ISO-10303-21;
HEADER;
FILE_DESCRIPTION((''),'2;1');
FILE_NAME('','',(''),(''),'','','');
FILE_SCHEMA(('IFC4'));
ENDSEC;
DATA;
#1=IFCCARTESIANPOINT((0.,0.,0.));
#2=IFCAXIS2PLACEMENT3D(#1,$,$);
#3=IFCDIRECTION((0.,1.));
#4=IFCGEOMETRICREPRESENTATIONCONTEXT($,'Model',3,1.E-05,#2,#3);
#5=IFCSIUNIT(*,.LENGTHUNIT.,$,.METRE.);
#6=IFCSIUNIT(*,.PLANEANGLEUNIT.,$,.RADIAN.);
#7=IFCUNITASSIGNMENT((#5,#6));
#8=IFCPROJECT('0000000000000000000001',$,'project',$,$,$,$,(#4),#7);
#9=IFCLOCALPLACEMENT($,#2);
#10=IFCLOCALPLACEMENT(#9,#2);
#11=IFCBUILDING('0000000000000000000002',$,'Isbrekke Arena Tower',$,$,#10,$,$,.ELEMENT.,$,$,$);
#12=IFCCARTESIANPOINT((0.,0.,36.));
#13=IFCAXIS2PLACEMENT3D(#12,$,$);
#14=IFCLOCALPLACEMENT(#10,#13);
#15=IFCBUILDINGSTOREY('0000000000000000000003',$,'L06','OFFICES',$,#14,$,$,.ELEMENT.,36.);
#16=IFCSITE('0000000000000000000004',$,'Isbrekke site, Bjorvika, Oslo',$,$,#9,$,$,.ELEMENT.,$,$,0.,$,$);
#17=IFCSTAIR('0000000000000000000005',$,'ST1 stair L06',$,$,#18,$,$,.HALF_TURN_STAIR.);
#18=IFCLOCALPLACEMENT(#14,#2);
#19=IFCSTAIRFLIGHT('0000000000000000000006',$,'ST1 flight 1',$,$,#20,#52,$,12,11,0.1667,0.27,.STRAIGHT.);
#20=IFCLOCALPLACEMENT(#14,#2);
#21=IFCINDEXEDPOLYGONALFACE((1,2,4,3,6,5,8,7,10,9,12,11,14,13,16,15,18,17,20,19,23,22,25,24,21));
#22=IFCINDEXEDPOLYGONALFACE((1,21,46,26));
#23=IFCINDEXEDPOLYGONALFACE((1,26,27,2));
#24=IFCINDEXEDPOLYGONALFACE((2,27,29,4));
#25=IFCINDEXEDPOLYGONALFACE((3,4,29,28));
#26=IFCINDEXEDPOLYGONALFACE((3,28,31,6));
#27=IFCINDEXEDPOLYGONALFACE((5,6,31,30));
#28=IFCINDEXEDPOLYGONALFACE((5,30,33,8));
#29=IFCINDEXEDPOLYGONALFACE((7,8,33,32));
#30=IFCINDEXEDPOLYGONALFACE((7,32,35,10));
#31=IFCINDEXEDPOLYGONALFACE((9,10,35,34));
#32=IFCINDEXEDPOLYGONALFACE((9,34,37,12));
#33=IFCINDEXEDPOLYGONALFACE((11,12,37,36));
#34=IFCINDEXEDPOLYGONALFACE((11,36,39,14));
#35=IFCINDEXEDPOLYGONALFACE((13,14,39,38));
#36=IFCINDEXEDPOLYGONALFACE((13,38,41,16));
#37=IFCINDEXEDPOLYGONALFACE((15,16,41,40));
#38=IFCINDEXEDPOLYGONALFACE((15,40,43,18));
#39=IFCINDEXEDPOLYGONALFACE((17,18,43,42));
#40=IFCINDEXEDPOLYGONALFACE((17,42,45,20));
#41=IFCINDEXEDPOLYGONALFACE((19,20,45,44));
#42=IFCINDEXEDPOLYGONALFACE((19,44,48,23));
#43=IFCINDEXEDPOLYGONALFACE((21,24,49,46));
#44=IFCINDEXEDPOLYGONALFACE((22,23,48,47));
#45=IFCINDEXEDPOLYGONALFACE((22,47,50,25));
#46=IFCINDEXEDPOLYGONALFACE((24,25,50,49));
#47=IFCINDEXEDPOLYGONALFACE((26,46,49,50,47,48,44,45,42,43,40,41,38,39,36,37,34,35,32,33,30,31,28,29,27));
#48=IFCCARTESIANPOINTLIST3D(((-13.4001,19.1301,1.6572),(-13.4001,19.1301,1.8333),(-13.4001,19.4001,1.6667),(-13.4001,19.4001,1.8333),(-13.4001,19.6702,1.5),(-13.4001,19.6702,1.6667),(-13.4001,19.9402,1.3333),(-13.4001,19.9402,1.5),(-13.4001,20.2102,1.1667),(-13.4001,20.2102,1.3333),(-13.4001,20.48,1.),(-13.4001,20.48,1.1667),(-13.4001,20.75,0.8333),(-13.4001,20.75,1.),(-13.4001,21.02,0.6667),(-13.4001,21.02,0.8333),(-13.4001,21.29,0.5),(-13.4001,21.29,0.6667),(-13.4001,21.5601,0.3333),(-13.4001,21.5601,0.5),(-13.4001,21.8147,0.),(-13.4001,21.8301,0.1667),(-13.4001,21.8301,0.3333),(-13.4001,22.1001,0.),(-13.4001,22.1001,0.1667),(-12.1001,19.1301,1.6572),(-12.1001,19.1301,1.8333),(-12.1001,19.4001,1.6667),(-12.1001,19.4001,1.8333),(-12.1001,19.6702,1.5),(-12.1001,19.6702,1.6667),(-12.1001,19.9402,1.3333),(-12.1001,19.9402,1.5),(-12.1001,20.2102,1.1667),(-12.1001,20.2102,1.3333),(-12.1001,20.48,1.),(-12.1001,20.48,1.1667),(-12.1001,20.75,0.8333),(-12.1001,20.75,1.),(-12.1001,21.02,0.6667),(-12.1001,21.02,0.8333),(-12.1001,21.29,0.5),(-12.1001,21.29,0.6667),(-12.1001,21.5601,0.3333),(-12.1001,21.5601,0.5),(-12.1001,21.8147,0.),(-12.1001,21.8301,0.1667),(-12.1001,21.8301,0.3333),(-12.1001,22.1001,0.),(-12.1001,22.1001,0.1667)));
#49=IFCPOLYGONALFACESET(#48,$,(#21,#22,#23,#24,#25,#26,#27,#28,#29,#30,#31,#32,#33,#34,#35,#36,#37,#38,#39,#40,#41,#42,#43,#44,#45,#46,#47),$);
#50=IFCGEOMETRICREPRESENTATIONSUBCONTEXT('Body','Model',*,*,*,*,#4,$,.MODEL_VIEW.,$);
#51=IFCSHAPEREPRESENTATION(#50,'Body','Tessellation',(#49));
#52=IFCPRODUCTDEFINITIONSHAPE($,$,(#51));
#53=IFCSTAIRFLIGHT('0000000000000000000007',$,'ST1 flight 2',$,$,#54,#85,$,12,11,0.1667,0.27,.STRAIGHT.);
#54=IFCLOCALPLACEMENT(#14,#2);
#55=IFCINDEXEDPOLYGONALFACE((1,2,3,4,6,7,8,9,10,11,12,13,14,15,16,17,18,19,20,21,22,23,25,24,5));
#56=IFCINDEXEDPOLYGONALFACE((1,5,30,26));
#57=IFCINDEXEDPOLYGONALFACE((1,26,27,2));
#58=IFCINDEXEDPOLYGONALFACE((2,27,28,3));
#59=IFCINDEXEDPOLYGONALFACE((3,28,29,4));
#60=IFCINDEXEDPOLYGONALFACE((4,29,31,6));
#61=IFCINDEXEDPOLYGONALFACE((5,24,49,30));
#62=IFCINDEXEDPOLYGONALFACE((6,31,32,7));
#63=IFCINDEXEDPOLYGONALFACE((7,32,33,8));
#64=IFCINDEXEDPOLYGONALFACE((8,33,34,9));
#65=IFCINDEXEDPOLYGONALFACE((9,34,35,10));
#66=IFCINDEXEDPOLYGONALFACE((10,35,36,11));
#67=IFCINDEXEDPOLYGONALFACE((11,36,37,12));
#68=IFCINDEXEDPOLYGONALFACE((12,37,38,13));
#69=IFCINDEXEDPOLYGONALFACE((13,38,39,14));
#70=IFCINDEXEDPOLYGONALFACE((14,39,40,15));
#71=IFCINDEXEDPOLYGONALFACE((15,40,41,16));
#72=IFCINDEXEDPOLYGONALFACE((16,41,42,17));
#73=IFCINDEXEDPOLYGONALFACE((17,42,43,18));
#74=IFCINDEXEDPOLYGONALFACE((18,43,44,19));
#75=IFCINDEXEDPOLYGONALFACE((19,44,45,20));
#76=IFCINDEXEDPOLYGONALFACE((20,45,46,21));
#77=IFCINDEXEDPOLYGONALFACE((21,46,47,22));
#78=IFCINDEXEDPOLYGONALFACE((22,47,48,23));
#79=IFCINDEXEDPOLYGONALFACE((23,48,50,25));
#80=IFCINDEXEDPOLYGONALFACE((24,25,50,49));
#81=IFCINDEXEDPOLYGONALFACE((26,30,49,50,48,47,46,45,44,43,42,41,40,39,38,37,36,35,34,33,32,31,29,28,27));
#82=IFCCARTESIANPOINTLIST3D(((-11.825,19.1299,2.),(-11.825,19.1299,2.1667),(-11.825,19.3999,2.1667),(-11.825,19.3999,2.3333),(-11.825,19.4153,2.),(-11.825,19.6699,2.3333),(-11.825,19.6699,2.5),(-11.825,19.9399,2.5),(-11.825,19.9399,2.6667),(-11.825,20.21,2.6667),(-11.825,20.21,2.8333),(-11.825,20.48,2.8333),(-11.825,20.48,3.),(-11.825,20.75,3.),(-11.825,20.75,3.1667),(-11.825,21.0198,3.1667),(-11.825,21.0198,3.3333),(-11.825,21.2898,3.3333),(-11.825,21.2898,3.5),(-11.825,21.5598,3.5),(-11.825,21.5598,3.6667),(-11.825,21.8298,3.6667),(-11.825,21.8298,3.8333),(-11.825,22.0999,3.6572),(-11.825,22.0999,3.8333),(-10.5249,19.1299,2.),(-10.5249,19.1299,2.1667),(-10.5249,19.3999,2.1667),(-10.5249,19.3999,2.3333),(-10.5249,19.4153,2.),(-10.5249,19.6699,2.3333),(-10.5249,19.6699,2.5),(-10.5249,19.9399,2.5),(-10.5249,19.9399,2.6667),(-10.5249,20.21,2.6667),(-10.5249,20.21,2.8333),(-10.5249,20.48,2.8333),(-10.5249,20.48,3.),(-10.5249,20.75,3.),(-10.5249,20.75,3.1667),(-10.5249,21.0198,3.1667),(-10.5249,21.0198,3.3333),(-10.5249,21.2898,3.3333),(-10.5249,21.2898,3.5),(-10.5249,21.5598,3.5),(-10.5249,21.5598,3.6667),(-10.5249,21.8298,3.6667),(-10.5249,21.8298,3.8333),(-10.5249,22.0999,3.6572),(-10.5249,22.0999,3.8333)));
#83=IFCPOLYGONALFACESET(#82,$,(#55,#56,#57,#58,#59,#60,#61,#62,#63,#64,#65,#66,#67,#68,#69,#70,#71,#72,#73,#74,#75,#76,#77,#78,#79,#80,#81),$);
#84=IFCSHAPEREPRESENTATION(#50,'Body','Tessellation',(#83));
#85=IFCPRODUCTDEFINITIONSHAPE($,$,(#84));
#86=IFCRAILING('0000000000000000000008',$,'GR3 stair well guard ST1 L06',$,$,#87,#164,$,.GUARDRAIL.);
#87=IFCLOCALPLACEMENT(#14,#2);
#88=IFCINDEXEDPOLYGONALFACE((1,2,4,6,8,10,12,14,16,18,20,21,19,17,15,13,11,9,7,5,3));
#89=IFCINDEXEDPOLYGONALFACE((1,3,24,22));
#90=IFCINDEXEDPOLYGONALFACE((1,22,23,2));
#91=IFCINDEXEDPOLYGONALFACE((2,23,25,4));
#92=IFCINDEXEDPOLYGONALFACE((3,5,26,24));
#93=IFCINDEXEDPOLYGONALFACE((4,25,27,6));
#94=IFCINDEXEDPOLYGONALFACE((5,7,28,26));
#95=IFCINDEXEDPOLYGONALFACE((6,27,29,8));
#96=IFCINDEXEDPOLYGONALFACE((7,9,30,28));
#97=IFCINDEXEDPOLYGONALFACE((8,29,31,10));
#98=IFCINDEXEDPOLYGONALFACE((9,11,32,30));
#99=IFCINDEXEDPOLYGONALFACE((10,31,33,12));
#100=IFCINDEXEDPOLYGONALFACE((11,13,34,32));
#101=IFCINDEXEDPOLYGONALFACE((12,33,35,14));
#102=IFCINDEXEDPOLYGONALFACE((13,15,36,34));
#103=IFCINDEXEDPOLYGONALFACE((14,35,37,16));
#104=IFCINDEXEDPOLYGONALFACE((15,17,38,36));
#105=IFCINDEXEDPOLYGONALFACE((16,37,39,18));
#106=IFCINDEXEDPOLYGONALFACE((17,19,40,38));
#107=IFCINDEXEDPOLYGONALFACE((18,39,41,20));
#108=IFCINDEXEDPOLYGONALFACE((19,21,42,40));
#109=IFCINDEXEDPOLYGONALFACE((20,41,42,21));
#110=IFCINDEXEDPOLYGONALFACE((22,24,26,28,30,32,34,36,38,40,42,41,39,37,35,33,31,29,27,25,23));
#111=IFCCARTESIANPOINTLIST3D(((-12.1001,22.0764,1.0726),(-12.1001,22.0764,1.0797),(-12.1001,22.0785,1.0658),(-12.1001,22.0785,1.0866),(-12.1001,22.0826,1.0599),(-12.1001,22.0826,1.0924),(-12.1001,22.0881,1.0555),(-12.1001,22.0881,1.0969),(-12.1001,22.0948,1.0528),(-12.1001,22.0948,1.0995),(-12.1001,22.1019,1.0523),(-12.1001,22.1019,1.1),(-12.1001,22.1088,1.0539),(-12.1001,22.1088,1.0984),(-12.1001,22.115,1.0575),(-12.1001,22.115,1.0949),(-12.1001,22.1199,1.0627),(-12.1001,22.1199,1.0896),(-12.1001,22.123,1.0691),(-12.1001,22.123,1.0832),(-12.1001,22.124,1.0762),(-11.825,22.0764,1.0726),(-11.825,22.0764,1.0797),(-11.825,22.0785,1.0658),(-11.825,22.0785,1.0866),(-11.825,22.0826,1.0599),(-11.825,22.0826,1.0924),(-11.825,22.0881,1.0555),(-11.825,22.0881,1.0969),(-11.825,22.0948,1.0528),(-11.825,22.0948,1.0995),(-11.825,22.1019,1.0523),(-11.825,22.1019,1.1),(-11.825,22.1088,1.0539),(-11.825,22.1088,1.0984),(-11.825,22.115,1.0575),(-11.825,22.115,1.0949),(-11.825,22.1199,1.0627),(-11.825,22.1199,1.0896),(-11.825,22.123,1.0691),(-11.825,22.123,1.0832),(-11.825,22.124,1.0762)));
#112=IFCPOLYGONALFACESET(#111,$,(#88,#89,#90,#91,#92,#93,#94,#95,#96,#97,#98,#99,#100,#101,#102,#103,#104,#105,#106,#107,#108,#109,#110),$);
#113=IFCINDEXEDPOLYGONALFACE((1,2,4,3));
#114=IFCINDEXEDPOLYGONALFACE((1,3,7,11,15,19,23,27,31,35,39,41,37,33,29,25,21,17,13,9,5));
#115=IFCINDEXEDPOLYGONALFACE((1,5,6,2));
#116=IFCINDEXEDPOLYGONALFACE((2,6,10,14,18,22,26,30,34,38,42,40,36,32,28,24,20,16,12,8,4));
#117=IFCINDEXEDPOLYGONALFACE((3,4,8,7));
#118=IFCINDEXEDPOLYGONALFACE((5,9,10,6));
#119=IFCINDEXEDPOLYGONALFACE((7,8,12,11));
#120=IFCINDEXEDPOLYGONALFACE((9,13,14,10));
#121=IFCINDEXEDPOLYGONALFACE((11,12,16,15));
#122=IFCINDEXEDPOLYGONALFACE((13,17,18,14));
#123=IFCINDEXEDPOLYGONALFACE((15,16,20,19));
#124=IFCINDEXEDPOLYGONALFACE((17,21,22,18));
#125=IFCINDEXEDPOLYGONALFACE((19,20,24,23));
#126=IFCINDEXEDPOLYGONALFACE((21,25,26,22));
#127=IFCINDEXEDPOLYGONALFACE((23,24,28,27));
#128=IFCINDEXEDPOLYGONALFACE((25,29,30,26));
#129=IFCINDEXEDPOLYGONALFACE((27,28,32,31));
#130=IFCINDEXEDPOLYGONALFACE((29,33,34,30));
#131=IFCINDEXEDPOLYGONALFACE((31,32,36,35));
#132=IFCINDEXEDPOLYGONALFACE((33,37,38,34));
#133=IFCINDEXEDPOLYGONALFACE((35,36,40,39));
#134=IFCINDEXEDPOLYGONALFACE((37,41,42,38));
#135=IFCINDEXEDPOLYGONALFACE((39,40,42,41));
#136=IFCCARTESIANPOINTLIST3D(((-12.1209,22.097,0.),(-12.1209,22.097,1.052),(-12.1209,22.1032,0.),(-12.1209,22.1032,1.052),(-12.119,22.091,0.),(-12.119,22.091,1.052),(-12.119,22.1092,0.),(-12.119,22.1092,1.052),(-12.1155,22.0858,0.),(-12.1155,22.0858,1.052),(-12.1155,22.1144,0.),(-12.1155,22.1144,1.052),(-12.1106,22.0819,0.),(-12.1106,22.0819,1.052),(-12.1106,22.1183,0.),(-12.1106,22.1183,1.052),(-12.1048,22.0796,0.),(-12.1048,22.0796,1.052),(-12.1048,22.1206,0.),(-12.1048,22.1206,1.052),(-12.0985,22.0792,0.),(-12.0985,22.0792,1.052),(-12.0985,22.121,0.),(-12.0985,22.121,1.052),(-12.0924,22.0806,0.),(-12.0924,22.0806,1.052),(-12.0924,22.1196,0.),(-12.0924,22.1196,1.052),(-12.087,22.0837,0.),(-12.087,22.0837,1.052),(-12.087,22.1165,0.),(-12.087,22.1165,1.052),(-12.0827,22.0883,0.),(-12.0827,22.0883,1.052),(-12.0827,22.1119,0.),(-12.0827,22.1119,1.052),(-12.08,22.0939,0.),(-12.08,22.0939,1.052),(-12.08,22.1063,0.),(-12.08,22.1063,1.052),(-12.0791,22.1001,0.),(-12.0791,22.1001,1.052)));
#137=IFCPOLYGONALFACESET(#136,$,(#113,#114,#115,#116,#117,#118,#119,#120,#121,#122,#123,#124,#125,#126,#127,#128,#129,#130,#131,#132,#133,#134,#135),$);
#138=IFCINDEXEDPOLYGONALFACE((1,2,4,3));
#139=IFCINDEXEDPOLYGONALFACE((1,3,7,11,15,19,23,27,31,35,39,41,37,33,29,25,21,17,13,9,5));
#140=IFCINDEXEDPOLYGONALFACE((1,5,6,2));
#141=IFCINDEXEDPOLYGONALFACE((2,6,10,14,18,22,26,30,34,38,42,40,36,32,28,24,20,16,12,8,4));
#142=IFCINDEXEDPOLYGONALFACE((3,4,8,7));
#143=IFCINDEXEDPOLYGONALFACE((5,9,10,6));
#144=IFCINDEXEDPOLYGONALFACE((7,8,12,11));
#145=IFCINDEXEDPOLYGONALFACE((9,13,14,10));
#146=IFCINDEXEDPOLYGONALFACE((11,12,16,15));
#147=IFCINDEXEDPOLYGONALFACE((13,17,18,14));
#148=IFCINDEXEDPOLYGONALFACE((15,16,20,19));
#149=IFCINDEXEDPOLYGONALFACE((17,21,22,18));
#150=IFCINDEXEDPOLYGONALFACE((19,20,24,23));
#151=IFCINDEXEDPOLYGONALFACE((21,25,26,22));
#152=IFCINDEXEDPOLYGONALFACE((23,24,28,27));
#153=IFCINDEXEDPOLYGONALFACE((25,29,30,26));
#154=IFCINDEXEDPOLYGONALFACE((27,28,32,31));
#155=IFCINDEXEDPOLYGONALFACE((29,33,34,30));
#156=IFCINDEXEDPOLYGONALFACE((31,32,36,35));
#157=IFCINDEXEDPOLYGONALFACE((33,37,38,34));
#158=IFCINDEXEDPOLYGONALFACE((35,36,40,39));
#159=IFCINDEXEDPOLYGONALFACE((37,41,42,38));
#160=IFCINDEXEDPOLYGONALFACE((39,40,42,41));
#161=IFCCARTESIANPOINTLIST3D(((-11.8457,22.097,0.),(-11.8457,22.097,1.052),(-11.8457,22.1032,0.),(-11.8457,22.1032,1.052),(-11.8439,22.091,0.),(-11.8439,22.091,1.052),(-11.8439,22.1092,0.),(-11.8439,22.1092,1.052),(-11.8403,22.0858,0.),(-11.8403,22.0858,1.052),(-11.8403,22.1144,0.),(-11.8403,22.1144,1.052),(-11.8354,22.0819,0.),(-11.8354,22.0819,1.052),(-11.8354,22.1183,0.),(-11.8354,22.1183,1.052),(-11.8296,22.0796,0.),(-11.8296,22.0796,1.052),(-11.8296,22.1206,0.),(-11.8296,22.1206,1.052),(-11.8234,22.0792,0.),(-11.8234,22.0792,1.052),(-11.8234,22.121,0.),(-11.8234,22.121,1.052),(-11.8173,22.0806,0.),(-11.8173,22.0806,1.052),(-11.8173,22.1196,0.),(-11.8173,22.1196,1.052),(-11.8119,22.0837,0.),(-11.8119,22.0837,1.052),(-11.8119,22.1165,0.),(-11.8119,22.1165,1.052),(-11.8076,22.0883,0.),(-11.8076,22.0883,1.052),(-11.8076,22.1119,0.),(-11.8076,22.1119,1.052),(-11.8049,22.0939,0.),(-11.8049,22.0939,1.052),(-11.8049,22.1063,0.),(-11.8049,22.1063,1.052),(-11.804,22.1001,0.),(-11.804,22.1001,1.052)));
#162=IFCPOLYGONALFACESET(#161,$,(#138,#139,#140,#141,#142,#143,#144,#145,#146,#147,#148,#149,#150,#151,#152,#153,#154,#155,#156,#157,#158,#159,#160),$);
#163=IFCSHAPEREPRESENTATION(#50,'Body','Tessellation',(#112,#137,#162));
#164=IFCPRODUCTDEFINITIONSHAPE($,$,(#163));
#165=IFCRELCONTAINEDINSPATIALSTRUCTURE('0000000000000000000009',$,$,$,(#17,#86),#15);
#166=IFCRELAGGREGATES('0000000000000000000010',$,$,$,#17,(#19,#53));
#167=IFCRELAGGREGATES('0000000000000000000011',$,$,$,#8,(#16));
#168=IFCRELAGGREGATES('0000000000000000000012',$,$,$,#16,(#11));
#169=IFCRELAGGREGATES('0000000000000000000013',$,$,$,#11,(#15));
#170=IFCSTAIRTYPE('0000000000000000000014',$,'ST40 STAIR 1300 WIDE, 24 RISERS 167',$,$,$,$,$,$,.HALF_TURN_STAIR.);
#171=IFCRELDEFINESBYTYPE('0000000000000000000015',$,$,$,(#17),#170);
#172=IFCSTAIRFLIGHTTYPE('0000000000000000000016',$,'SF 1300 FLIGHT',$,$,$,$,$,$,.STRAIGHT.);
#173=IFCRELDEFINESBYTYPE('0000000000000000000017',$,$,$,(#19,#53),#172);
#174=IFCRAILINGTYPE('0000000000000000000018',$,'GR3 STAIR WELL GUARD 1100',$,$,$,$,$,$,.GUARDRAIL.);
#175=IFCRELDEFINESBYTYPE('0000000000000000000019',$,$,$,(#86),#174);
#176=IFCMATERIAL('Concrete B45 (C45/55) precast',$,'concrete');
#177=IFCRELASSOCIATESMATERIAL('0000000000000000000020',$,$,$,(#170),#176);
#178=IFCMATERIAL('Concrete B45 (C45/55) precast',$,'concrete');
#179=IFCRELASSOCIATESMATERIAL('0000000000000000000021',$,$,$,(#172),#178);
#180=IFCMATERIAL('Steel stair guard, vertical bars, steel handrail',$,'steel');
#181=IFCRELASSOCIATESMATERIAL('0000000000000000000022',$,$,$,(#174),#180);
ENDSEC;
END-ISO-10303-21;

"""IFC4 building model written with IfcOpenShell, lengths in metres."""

from ifc_helpers import new_model, si_unit, direction, frame, origin, origin_2d, place, context, subcontext, project, spatial, polyline, circle, outline, extrude, material, type_object, element, aggregate, save


model = new_model("IFC4")

# Units and contexts
model_context = context("Model", 3, precision=1e-05, world=origin(), true_north=direction((0.0, 1.0)))
body_context = subcontext(model_context, "Body", "Model", "MODEL_VIEW")
ifc_project = project(units=[si_unit("LENGTHUNIT", "METRE"), si_unit("PLANEANGLEUNIT", "RADIAN")], contexts=[model_context])

# Site, building, storey
site_placement = place(None, origin())
site = spatial("IfcSite", under=ifc_project, at=site_placement, Name="Isbrekke site, Bjorvika, Oslo", CompositionType="ELEMENT", RefElevation=0.0)
building_placement = place(site_placement, origin())
building = spatial("IfcBuilding", under=site, at=building_placement, Name="Isbrekke Arena Tower", CompositionType="ELEMENT")
storey_placement = place(building_placement, frame((0.0, 0.0, 36.0)))
storey = spatial("IfcBuildingStorey", under=building, at=storey_placement, Name="L06", Description="OFFICES", CompositionType="ELEMENT", Elevation=36.0)

# Stair, stair flights
ifc_material_1 = material(Name="Concrete B45 (C45/55) precast", Category="concrete")
stair_type = type_object("IfcStairType", Name="ST40 STAIR 1300 WIDE, 24 RISERS 167", PredefinedType="HALF_TURN_STAIR", material=ifc_material_1)
stair_placement = place(storey_placement, origin())
stair = element("IfcStair", 1, at=stair_placement, inside=storey, type_object=stair_type, Name="ST1 stair L06", PredefinedType="HALF_TURN_STAIR")
ifc_material_2 = material(Name="Concrete B45 (C45/55) precast", Category="concrete")
stair_flight_type = type_object("IfcStairFlightType", Name="SF 1300 FLIGHT", PredefinedType="STRAIGHT", material=ifc_material_2)
stair_flight_1_placement = place(storey_placement, frame((-12.75, 22.1001, 0.0), z_axis=(0.0, 0.0, 1.0), x_axis=(0.0, -1.0, 0.0)))
stair_flight_1 = element("IfcStairFlight", 2, at=stair_flight_1_placement, type_object=stair_flight_type, Name="ST1 flight 1", NumberOfRisers=12, NumberOfTreads=11, PredefinedType="STRAIGHT", RiserHeight=0.1667, TreadLength=0.27, context=body_context, shape_type="SweptSolid", body=[
    extrude(outline(polyline([(0.0, 0.0), (0.0, 0.1667), (0.27, 0.1667), (0.27, 0.3333), (0.54, 0.3333), (0.54, 0.5), (0.8101, 0.5), (0.8101, 0.6667), (1.0801, 0.6667), (1.0801, 0.8333), (1.3501, 0.8333), (1.3501, 1.0), (1.6201, 1.0), (1.6201, 1.1667), (1.8899, 1.1667), (1.8899, 1.3333), (2.1599, 1.3333), (2.1599, 1.5), (2.4299, 1.5), (2.4299, 1.6667), (2.7, 1.6667), (2.7, 1.8333), (2.97, 1.8333), (2.97, 2.0), (2.97, 1.6572), (0.2854, 0.0), (0.0, 0.0)])), frame((0.0, 0.6499, 0.0), z_axis=(0.0, -1.0, 0.0), x_axis=(1.0, 0.0, 0.0)), (0.0, 0.0, 1.0), 1.3),
])
stair_flight_2_placement = place(storey_placement, frame((-11.175, 19.1299, 2.0), z_axis=(0.0, 0.0, 1.0), x_axis=(0.0, 1.0, 0.0)))
stair_flight_2 = element("IfcStairFlight", 3, at=stair_flight_2_placement, type_object=stair_flight_type, Name="ST1 flight 2", NumberOfRisers=12, NumberOfTreads=11, PredefinedType="STRAIGHT", RiserHeight=0.1667, TreadLength=0.27, context=body_context, shape_type="SweptSolid", body=[
    extrude(outline(polyline([(0.0, 0.0), (0.0, 0.1667), (0.27, 0.1667), (0.27, 0.3333), (0.54, 0.3333), (0.54, 0.5), (0.8101, 0.5), (0.8101, 0.6667), (1.0801, 0.6667), (1.0801, 0.8333), (1.3501, 0.8333), (1.3501, 1.0), (1.6201, 1.0), (1.6201, 1.1667), (1.8899, 1.1667), (1.8899, 1.3333), (2.1599, 1.3333), (2.1599, 1.5), (2.4299, 1.5), (2.4299, 1.6667), (2.7, 1.6667), (2.7, 1.8333), (2.97, 1.8333), (2.97, 2.0), (2.97, 1.6572), (0.2854, 0.0), (0.0, 0.0)])), frame((0.0, 0.6499, 0.0), z_axis=(0.0, -1.0, 0.0), x_axis=(1.0, 0.0, 0.0)), (0.0, 0.0, 1.0), 1.3),
])
aggregate(stair, [stair_flight_1, stair_flight_2])

# Railing
ifc_material_3 = material(Name="Steel stair guard, vertical bars, steel handrail", Category="steel")
railing_type = type_object("IfcRailingType", Name="GR3 STAIR WELL GUARD 1100", PredefinedType="GUARDRAIL", material=ifc_material_3)
for number, where, name in (
    (4, (-12.1001, 22.1001, 0.0), "GR3 stair well guard ST1 L06"),
):
    element("IfcRailing", number, at=place(storey_placement, frame(where)), inside=storey, type_object=railing_type, Name=name, PredefinedType="GUARDRAIL", context=body_context, shape_type="SweptSolid", body=[
        extrude(circle(Radius=0.0239, at=origin_2d()), frame((0.0, 0.0, 1.0762), z_axis=(1.0, 0.0, 0.0), x_axis=(0.0, 1.0, 0.0)), (0.0, 0.0, 1.0), 0.2751),
        extrude(circle(Radius=0.021, at=origin_2d()), origin(), (0.0, 0.0, 1.0), 1.052),
        extrude(circle(Radius=0.021, at=origin_2d()), frame((0.2751, 0.0, 0.0)), (0.0, 0.0, 1.0), 1.052),
    ])

save(model, "model.ifc")
